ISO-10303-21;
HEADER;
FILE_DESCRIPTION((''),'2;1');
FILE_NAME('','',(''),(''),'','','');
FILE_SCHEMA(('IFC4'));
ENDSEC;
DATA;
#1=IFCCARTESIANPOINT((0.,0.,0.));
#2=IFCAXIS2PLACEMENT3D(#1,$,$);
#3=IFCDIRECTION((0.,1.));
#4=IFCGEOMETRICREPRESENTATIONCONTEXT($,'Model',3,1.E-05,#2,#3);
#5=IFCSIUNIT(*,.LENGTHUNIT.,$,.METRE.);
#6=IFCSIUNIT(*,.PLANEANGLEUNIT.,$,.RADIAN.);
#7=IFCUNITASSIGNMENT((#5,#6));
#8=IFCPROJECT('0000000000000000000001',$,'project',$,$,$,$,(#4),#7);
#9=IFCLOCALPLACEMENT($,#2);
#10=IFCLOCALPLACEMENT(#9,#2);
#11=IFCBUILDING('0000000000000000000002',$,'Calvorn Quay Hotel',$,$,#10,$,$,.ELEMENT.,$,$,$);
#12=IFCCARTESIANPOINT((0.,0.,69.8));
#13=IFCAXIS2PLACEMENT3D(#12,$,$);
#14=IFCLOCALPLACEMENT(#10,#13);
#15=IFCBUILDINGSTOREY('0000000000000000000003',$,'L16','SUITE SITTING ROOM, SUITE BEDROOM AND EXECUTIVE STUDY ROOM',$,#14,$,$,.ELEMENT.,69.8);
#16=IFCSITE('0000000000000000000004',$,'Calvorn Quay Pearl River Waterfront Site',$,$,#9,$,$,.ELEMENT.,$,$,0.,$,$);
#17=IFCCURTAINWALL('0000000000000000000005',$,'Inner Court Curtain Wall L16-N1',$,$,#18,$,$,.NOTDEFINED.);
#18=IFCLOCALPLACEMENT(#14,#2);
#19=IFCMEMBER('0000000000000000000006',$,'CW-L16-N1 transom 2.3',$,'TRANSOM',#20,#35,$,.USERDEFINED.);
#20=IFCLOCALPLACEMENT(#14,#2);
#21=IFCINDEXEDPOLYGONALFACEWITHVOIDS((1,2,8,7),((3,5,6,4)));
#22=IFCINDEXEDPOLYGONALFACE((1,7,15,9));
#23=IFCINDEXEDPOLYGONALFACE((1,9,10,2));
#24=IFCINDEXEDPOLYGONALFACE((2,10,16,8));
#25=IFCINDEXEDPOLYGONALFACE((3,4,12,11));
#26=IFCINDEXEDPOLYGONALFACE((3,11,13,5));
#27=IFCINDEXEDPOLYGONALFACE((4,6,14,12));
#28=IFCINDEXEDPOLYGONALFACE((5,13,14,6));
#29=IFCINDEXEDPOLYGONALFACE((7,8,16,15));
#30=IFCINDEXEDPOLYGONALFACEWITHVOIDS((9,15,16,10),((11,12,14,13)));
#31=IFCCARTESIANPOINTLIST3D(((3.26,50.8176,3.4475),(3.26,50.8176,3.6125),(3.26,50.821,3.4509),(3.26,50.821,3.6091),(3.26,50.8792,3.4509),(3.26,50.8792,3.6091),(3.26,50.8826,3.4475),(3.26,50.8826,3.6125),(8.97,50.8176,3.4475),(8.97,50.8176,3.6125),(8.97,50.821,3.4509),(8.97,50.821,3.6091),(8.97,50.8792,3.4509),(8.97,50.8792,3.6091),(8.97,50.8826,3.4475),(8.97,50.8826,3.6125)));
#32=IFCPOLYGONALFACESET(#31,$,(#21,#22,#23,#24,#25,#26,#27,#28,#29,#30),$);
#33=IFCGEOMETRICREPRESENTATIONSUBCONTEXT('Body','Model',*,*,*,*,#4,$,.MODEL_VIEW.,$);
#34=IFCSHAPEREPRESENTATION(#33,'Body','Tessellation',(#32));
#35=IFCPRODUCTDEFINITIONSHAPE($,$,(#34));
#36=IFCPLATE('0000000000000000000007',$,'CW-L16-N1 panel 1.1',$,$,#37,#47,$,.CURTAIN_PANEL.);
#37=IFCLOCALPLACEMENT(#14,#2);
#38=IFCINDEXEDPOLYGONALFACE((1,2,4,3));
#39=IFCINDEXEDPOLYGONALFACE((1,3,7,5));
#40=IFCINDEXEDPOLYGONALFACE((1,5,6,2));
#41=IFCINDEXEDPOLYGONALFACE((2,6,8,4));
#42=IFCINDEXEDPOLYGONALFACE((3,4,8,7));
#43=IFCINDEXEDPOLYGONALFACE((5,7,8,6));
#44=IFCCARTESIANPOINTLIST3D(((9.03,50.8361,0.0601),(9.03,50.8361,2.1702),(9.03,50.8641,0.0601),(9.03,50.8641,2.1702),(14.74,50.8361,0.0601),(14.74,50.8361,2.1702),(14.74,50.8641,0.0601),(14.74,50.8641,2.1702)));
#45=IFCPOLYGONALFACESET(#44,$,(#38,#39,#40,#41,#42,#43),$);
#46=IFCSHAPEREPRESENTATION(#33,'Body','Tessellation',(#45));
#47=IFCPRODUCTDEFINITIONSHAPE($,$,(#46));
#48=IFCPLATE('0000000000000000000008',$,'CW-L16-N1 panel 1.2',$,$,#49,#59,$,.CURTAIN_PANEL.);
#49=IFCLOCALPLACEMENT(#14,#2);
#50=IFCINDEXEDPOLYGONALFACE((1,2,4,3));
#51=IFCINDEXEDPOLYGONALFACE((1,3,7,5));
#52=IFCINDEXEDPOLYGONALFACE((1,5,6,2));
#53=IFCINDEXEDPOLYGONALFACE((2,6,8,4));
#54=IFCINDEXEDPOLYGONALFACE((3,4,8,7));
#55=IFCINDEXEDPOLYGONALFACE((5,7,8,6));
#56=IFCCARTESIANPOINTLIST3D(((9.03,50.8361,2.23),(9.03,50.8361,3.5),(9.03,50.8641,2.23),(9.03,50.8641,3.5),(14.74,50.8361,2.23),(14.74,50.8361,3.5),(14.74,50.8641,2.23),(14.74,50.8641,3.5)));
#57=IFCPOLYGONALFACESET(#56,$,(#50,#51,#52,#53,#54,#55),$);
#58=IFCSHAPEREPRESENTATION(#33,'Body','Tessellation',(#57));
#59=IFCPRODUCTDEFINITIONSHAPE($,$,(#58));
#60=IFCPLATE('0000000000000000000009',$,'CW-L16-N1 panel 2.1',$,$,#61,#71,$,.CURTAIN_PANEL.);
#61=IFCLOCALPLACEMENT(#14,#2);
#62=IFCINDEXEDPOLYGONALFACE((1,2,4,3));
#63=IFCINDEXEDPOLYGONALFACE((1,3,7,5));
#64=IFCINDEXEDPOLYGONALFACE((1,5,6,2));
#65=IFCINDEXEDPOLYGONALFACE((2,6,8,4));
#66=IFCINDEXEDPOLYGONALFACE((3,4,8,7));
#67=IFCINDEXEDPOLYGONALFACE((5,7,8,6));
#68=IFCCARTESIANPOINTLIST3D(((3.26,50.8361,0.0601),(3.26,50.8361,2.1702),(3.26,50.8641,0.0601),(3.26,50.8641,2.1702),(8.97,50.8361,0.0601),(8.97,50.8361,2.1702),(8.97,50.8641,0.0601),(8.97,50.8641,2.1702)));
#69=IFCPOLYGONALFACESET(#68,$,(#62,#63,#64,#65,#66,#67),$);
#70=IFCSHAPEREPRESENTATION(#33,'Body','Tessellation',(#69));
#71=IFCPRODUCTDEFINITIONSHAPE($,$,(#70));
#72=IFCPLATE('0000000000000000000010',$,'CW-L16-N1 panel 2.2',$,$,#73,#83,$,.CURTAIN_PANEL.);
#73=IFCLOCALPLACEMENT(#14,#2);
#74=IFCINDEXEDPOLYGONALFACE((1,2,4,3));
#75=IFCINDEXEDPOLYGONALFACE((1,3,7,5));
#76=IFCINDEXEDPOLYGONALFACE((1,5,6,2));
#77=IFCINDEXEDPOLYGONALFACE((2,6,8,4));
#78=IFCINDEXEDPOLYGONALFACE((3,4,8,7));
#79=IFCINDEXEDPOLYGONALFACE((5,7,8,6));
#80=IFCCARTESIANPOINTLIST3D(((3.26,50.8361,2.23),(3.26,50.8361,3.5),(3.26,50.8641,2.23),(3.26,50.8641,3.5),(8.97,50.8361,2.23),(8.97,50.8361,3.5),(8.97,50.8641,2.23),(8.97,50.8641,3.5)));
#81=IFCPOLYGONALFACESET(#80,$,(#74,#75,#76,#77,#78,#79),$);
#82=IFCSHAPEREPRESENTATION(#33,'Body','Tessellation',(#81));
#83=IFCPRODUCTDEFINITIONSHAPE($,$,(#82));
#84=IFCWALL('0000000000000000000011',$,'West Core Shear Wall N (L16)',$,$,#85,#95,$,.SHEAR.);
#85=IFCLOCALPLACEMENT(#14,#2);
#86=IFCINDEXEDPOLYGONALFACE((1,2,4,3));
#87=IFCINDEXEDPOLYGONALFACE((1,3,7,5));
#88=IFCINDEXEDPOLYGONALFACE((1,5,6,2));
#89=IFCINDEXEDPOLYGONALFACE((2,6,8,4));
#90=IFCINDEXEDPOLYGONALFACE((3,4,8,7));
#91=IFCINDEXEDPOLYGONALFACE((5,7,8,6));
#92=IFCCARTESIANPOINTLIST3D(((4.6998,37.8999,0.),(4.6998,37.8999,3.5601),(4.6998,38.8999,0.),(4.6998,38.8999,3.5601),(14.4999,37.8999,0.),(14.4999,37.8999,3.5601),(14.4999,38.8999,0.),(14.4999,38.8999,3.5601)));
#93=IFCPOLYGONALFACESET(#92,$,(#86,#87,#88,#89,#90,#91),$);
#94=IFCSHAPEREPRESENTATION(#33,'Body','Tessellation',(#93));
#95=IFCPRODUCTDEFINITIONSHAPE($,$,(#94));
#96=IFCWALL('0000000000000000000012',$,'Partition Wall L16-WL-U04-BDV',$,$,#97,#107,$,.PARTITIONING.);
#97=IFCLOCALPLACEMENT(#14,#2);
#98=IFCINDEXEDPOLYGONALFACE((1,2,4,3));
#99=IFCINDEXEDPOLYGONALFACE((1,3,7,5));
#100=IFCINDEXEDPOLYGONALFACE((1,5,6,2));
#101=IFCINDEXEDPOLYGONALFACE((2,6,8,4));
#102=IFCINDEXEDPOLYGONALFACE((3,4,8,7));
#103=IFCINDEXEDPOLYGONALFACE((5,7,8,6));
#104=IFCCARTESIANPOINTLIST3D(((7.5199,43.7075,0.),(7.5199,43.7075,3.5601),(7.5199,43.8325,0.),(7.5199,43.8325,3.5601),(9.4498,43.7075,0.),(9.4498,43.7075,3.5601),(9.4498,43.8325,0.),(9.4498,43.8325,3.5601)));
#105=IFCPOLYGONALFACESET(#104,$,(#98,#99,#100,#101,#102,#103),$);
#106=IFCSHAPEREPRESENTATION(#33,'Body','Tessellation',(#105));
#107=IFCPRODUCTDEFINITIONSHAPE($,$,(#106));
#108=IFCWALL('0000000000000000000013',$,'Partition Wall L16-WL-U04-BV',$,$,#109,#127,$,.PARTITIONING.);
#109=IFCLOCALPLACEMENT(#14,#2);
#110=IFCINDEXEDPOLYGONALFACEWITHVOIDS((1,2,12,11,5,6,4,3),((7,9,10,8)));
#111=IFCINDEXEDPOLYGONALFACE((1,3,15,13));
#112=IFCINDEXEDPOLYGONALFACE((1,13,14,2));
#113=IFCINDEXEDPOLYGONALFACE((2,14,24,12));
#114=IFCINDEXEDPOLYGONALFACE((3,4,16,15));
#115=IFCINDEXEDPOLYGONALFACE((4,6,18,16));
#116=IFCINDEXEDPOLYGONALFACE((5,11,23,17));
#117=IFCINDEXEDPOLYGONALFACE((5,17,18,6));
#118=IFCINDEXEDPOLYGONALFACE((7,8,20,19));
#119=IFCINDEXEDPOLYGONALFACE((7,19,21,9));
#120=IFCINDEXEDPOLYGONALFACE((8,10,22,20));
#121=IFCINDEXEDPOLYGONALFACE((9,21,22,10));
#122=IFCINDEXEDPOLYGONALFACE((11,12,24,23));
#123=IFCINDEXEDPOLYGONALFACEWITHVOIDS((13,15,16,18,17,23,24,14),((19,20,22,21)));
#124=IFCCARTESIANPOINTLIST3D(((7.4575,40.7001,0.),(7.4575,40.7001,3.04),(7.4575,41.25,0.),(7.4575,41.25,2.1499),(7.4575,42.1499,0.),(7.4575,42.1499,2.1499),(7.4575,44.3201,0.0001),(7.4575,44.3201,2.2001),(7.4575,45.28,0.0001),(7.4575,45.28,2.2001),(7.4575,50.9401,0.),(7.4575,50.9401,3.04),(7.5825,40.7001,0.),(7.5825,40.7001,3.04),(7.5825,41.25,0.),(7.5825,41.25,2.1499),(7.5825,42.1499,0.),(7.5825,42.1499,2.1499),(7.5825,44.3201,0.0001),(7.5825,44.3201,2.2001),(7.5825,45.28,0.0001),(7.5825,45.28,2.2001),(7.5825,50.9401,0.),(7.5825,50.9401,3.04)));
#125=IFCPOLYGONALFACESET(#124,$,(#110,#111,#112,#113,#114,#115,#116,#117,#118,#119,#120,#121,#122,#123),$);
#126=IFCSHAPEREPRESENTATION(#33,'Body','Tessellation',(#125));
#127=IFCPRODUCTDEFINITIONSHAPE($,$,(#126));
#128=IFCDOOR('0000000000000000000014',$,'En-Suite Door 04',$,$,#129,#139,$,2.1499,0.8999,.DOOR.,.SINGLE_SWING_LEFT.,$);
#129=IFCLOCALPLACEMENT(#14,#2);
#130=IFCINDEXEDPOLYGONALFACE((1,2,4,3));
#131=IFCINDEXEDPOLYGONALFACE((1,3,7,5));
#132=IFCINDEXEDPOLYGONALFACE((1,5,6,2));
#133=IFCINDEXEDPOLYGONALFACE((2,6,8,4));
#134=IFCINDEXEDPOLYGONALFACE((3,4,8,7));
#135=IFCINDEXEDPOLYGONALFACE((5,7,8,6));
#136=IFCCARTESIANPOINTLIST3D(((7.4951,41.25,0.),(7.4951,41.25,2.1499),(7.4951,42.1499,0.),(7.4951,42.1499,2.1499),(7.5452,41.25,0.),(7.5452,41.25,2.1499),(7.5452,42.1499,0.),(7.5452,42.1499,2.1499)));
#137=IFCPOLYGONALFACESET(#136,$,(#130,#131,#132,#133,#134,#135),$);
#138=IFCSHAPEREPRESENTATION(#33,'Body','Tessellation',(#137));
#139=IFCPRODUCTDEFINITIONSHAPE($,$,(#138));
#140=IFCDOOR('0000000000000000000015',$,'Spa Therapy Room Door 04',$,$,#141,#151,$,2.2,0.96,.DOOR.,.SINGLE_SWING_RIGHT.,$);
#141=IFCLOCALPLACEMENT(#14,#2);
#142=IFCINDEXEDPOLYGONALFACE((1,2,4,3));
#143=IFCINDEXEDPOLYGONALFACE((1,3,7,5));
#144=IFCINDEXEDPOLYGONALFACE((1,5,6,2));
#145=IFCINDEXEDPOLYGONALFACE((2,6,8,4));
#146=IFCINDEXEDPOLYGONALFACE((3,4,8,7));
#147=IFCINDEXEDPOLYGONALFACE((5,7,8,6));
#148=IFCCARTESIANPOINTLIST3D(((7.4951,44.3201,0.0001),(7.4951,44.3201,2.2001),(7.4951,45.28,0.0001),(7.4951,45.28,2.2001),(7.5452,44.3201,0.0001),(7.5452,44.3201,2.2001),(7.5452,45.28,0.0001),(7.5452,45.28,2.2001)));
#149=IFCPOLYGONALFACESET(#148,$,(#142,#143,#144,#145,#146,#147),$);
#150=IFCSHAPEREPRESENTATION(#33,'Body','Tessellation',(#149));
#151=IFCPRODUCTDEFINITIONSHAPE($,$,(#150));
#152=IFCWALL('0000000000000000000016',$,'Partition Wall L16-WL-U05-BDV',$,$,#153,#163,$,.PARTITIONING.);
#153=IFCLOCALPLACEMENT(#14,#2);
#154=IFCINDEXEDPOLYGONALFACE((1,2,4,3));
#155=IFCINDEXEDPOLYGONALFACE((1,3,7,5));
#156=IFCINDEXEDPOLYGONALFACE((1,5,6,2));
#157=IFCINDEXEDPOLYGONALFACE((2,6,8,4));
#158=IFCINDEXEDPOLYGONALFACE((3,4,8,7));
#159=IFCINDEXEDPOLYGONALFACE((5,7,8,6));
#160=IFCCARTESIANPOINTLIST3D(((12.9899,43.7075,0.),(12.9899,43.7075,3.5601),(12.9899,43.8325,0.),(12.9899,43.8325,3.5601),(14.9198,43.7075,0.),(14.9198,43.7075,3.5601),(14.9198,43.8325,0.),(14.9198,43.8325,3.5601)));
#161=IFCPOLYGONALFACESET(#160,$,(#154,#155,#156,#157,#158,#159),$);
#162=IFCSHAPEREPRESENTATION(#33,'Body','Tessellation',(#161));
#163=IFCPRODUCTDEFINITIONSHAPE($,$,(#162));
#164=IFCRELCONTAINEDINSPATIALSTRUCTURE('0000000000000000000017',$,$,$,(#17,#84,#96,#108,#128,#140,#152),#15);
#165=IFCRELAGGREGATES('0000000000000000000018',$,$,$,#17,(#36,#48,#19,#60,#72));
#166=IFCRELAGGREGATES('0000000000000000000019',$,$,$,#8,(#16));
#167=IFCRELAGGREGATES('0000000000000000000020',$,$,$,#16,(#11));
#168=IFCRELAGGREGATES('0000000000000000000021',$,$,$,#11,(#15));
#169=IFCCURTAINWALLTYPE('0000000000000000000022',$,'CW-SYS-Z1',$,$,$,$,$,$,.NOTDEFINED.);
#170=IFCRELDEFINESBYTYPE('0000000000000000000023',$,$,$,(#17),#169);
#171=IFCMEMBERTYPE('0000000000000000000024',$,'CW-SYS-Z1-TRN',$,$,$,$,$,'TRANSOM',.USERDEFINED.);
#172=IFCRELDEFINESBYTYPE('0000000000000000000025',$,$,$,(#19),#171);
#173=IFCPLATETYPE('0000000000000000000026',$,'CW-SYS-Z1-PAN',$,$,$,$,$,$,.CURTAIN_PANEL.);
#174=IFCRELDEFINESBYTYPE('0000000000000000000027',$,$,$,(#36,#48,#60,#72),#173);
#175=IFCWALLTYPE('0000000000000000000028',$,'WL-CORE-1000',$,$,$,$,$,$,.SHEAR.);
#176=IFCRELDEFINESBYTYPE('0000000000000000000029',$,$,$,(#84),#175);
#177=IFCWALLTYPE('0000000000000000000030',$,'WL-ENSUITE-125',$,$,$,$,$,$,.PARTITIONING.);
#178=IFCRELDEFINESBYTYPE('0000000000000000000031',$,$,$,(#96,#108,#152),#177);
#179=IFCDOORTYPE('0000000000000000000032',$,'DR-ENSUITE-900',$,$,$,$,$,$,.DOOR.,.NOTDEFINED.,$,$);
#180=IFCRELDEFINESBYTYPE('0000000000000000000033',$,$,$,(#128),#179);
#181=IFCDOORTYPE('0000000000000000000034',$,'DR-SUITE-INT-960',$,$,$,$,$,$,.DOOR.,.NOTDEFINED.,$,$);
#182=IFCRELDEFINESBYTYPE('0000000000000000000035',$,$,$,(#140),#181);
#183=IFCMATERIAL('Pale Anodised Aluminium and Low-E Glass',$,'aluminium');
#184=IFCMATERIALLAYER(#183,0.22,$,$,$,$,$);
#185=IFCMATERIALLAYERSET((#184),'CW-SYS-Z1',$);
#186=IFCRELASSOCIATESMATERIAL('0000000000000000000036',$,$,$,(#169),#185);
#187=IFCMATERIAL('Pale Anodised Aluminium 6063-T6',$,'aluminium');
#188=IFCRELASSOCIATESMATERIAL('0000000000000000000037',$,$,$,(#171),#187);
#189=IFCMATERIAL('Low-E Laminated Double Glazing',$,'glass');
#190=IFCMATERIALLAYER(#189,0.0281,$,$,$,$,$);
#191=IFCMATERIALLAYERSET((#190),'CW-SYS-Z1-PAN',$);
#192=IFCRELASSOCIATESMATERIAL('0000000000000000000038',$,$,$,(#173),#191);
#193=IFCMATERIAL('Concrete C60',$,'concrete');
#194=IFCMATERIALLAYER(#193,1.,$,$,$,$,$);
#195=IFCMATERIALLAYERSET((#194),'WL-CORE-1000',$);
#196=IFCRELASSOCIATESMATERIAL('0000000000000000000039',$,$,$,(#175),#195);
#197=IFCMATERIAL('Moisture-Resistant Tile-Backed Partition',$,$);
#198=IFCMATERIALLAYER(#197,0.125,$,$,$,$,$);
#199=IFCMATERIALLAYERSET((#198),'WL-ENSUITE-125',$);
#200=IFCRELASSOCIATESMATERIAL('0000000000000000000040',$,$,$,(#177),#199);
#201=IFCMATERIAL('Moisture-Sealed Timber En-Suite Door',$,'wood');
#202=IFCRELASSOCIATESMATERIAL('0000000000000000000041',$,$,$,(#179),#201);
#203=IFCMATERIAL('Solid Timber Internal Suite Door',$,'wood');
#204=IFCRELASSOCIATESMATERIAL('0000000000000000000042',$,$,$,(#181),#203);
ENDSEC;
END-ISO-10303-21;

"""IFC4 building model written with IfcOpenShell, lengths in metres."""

from ifc_helpers import new_model, si_unit, direction, frame, frame_2d, origin, origin_2d, place, context, subcontext, project, spatial, rectangle, hollow_rectangle, extrude, material, layer, layer_set, material_profile, profile_set, type_object, element, fill, aggregate, save


model = new_model("IFC4")

# Units and contexts
model_context = context("Model", 3, precision=1e-05, world=origin(), true_north=direction((0.0, 1.0)))
body_context = subcontext(model_context, "Body", "Model", "MODEL_VIEW")
ifc_project = project(units=[si_unit("LENGTHUNIT", "METRE"), si_unit("PLANEANGLEUNIT", "RADIAN")], contexts=[model_context])

# Site, building, storey
site_placement = place(None, origin())
site = spatial("IfcSite", under=ifc_project, at=site_placement, Name="Calvorn Quay Pearl River Waterfront Site", CompositionType="ELEMENT", RefElevation=0.0)
building_placement = place(site_placement, origin())
building = spatial("IfcBuilding", under=site, at=building_placement, Name="Calvorn Quay Hotel", CompositionType="ELEMENT")
storey_placement = place(building_placement, frame((0.0, 0.0, 69.8)))
storey = spatial("IfcBuildingStorey", under=building, at=storey_placement, Name="L16", Description="SUITE SITTING ROOM, SUITE BEDROOM AND EXECUTIVE STUDY ROOM", CompositionType="ELEMENT", Elevation=69.8)

# Curtain wall, member, plates
ifc_material_1 = material(Name="Pale Anodised Aluminium and Low-E Glass", Category="aluminium")
ifc_layer_1 = layer(ifc_material_1, 0.22)
ifc_layer_set_1 = layer_set([ifc_layer_1], Name="CW-SYS-Z1")
curtain_wall_type = type_object("IfcCurtainWallType", Name="CW-SYS-Z1", PredefinedType="NOTDEFINED", material=ifc_layer_set_1)
curtain_wall_placement = place(storey_placement, origin())
curtain_wall = element("IfcCurtainWall", 1, at=curtain_wall_placement, inside=storey, type_object=curtain_wall_type, Name="Inner Court Curtain Wall L16-N1", PredefinedType="NOTDEFINED")
ifc_material_2 = material(Name="Pale Anodised Aluminium 6063-T6", Category="aluminium")
ifc_material_profile_1 = material_profile(ifc_material_2, hollow_rectangle(XDim=0.0649, YDim=0.165, WallThickness=0.0034, at=origin_2d()), Name="ALU-T165x65x3.5")
ifc_profile_set_1 = profile_set([ifc_material_profile_1], Name="Pale Anodised Aluminium 6063-T6")
member_type_1 = type_object("IfcMemberType", Name="CW-SYS-Z1-TRN", ElementType="TRANSOM", PredefinedType="USERDEFINED", material=ifc_profile_set_1)
member_1_placement = place(storey_placement, frame((8.97, 50.8501, 3.53), z_axis=(-1.0, 0.0, 0.0), x_axis=(0.0, -1.0, 0.0)))
member_1 = element("IfcMember", 2, at=member_1_placement, type_object=member_type_1, Name="CW-L16-N1 transom 2.3", ObjectType="TRANSOM", PredefinedType="USERDEFINED", context=body_context, shape_type="SweptSolid", body=[
    extrude(hollow_rectangle(XDim=0.0649, YDim=0.165, WallThickness=0.0034, at=origin_2d()), origin(), (0.0, 0.0, 1.0), 5.71),
])
ifc_material_3 = material(Name="Low-E Laminated Double Glazing", Category="glass")
ifc_layer_2 = layer(ifc_material_3, 0.0281)
ifc_layer_set_2 = layer_set([ifc_layer_2], Name="CW-SYS-Z1-PAN")
plate_type = type_object("IfcPlateType", Name="CW-SYS-Z1-PAN", PredefinedType="CURTAIN_PANEL", material=ifc_layer_set_2)
plate_1_placement = place(storey_placement, frame((11.885, 50.8501, 0.0601), z_axis=(0.0, 0.0, 1.0), x_axis=(-1.0, 0.0, 0.0)))
plate_1 = element("IfcPlate", 3, at=plate_1_placement, type_object=plate_type, Name="CW-L16-N1 panel 1.1", PredefinedType="CURTAIN_PANEL", context=body_context, shape_type="SweptSolid", body=[
    extrude(rectangle(XDim=5.71, YDim=0.0281, at=origin_2d()), origin(), (0.0, 0.0, 1.0), 2.1101),
])
plate_2_placement = place(storey_placement, frame((11.885, 50.8501, 2.23), z_axis=(0.0, 0.0, 1.0), x_axis=(-1.0, 0.0, 0.0)))
plate_2 = element("IfcPlate", 4, at=plate_2_placement, type_object=plate_type, Name="CW-L16-N1 panel 1.2", PredefinedType="CURTAIN_PANEL", context=body_context, shape_type="SweptSolid", body=[
    extrude(rectangle(XDim=5.71, YDim=0.0281, at=origin_2d()), origin(), (0.0, 0.0, 1.0), 1.27),
])
plate_3_placement = place(storey_placement, frame((6.115, 50.8501, 0.0601), z_axis=(0.0, 0.0, 1.0), x_axis=(-1.0, 0.0, 0.0)))
plate_3 = element("IfcPlate", 5, at=plate_3_placement, type_object=plate_type, Name="CW-L16-N1 panel 2.1", PredefinedType="CURTAIN_PANEL", context=body_context, shape_type="SweptSolid", body=[
    extrude(rectangle(XDim=5.71, YDim=0.0281, at=origin_2d()), origin(), (0.0, 0.0, 1.0), 2.1101),
])
plate_4_placement = place(storey_placement, frame((6.115, 50.8501, 2.23), z_axis=(0.0, 0.0, 1.0), x_axis=(-1.0, 0.0, 0.0)))
plate_4 = element("IfcPlate", 6, at=plate_4_placement, type_object=plate_type, Name="CW-L16-N1 panel 2.2", PredefinedType="CURTAIN_PANEL", context=body_context, shape_type="SweptSolid", body=[
    extrude(rectangle(XDim=5.71, YDim=0.0281, at=origin_2d()), origin(), (0.0, 0.0, 1.0), 1.27),
])
aggregate(curtain_wall, [plate_1, plate_2, member_1, plate_3, plate_4])

# Walls
ifc_material_4 = material(Name="Concrete C60", Category="concrete")
ifc_layer_3 = layer(ifc_material_4, 1.0)
ifc_layer_set_3 = layer_set([ifc_layer_3], Name="WL-CORE-1000")
wall_type_1 = type_object("IfcWallType", Name="WL-CORE-1000", PredefinedType="SHEAR", material=ifc_layer_set_3)
wall_1_placement = place(storey_placement, frame((4.7, 38.3999, 0.0), z_axis=(0.0, 0.0, 1.0), x_axis=(1.0, 0.0, 0.0)))
element("IfcWall", 7, at=wall_1_placement, inside=storey, type_object=wall_type_1, Name="West Core Shear Wall N (L16)", PredefinedType="SHEAR", context=body_context, shape_type="SweptSolid", body=[
    extrude(rectangle(XDim=9.8, YDim=1.0, at=frame_2d((4.8999, 0.0))), origin(), (0.0, 0.0, 1.0), 3.5601),
])
ifc_material_5 = material(Name="Moisture-Resistant Tile-Backed Partition")
ifc_layer_4 = layer(ifc_material_5, 0.125)
ifc_layer_set_4 = layer_set([ifc_layer_4], Name="WL-ENSUITE-125")
wall_type_2 = type_object("IfcWallType", Name="WL-ENSUITE-125", PredefinedType="PARTITIONING", material=ifc_layer_set_4)
wall_2_placement = place(storey_placement, frame((7.52, 43.77, 0.0), z_axis=(0.0, 0.0, 1.0), x_axis=(1.0, 0.0, 0.0)))
element("IfcWall", 8, at=wall_2_placement, inside=storey, type_object=wall_type_2, Name="Partition Wall L16-WL-U04-BDV", PredefinedType="PARTITIONING", context=body_context, shape_type="SweptSolid", body=[
    extrude(rectangle(XDim=1.9299, YDim=0.125, at=frame_2d((0.9648, 0.0))), origin(), (0.0, 0.0, 1.0), 3.5601),
])

# Wall, openings, doors
wall_3_placement = place(storey_placement, frame((7.52, 40.7, 0.0), z_axis=(0.0, 0.0, 1.0), x_axis=(0.0, 1.0, 0.0)))
wall_3 = element("IfcWall", 9, at=wall_3_placement, inside=storey, type_object=wall_type_2, Name="Partition Wall L16-WL-U04-BV", PredefinedType="PARTITIONING", context=body_context, shape_type="SweptSolid", body=[
    extrude(rectangle(XDim=10.24, YDim=0.125, at=frame_2d((5.1201, 0.0))), origin(), (0.0, 0.0, 1.0), 3.04),
])
opening_1_placement = place(wall_3_placement, frame((0.55, 0.0, 0.0)))
opening_1 = element("IfcOpeningElement", 10, at=opening_1_placement, cuts=wall_3, PredefinedType="OPENING", context=body_context, shape_type="SweptSolid", body=[
    extrude(rectangle(XDim=0.8999, YDim=2.1499, at=frame_2d((0.45, 1.075))), frame((0.0, 0.0725, 0.0), z_axis=(0.0, -1.0, 0.0), x_axis=(1.0, 0.0, 0.0)), (0.0, 0.0, 1.0), 0.145),
])
opening_2_placement = place(wall_3_placement, frame((3.6201, 0.0, 0.0)))
opening_2 = element("IfcOpeningElement", 11, at=opening_2_placement, cuts=wall_3, PredefinedType="OPENING", context=body_context, shape_type="SweptSolid", body=[
    extrude(rectangle(XDim=0.96, YDim=2.2, at=frame_2d((0.48, 1.1001))), frame((0.0, 0.0725, 0.0), z_axis=(0.0, -1.0, 0.0), x_axis=(1.0, 0.0, 0.0)), (0.0, 0.0, 1.0), 0.145),
])
ifc_material_6 = material(Name="Moisture-Sealed Timber En-Suite Door", Category="wood")
door_type_1 = type_object("IfcDoorType", Name="DR-ENSUITE-900", OperationType="NOTDEFINED", PredefinedType="DOOR", material=ifc_material_6)
door_1_placement = place(opening_1_placement, origin())
door_1 = element("IfcDoor", 12, at=door_1_placement, inside=storey, type_object=door_type_1, Name="En-Suite Door 04", OperationType="SINGLE_SWING_LEFT", OverallHeight=2.1499, OverallWidth=0.8999, PredefinedType="DOOR", context=body_context, shape_type="SweptSolid", body=[
    extrude(rectangle(XDim=0.8999, YDim=2.1499, at=frame_2d((0.45, 1.075))), frame((0.0, 0.0249, 0.0), z_axis=(0.0, -1.0, 0.0), x_axis=(1.0, 0.0, 0.0)), (0.0, 0.0, 1.0), 0.05),
])
fill(opening_1, door_1)
ifc_material_7 = material(Name="Solid Timber Internal Suite Door", Category="wood")
door_type_2 = type_object("IfcDoorType", Name="DR-SUITE-INT-960", OperationType="NOTDEFINED", PredefinedType="DOOR", material=ifc_material_7)
door_2_placement = place(opening_2_placement, origin())
door_2 = element("IfcDoor", 13, at=door_2_placement, inside=storey, type_object=door_type_2, Name="Spa Therapy Room Door 04", OperationType="SINGLE_SWING_RIGHT", OverallHeight=2.2, OverallWidth=0.96, PredefinedType="DOOR", context=body_context, shape_type="SweptSolid", body=[
    extrude(rectangle(XDim=0.96, YDim=2.2, at=frame_2d((0.48, 1.1001))), frame((0.0, 0.0249, 0.0), z_axis=(0.0, -1.0, 0.0), x_axis=(1.0, 0.0, 0.0)), (0.0, 0.0, 1.0), 0.05),
])
fill(opening_2, door_2)

# Wall
wall_4_placement = place(storey_placement, frame((12.99, 43.77, 0.0), z_axis=(0.0, 0.0, 1.0), x_axis=(1.0, 0.0, 0.0)))
element("IfcWall", 14, at=wall_4_placement, inside=storey, type_object=wall_type_2, Name="Partition Wall L16-WL-U05-BDV", PredefinedType="PARTITIONING", context=body_context, shape_type="SweptSolid", body=[
    extrude(rectangle(XDim=1.9299, YDim=0.125, at=frame_2d((0.9648, 0.0))), origin(), (0.0, 0.0, 1.0), 3.5601),
])

save(model, "model.ifc")
